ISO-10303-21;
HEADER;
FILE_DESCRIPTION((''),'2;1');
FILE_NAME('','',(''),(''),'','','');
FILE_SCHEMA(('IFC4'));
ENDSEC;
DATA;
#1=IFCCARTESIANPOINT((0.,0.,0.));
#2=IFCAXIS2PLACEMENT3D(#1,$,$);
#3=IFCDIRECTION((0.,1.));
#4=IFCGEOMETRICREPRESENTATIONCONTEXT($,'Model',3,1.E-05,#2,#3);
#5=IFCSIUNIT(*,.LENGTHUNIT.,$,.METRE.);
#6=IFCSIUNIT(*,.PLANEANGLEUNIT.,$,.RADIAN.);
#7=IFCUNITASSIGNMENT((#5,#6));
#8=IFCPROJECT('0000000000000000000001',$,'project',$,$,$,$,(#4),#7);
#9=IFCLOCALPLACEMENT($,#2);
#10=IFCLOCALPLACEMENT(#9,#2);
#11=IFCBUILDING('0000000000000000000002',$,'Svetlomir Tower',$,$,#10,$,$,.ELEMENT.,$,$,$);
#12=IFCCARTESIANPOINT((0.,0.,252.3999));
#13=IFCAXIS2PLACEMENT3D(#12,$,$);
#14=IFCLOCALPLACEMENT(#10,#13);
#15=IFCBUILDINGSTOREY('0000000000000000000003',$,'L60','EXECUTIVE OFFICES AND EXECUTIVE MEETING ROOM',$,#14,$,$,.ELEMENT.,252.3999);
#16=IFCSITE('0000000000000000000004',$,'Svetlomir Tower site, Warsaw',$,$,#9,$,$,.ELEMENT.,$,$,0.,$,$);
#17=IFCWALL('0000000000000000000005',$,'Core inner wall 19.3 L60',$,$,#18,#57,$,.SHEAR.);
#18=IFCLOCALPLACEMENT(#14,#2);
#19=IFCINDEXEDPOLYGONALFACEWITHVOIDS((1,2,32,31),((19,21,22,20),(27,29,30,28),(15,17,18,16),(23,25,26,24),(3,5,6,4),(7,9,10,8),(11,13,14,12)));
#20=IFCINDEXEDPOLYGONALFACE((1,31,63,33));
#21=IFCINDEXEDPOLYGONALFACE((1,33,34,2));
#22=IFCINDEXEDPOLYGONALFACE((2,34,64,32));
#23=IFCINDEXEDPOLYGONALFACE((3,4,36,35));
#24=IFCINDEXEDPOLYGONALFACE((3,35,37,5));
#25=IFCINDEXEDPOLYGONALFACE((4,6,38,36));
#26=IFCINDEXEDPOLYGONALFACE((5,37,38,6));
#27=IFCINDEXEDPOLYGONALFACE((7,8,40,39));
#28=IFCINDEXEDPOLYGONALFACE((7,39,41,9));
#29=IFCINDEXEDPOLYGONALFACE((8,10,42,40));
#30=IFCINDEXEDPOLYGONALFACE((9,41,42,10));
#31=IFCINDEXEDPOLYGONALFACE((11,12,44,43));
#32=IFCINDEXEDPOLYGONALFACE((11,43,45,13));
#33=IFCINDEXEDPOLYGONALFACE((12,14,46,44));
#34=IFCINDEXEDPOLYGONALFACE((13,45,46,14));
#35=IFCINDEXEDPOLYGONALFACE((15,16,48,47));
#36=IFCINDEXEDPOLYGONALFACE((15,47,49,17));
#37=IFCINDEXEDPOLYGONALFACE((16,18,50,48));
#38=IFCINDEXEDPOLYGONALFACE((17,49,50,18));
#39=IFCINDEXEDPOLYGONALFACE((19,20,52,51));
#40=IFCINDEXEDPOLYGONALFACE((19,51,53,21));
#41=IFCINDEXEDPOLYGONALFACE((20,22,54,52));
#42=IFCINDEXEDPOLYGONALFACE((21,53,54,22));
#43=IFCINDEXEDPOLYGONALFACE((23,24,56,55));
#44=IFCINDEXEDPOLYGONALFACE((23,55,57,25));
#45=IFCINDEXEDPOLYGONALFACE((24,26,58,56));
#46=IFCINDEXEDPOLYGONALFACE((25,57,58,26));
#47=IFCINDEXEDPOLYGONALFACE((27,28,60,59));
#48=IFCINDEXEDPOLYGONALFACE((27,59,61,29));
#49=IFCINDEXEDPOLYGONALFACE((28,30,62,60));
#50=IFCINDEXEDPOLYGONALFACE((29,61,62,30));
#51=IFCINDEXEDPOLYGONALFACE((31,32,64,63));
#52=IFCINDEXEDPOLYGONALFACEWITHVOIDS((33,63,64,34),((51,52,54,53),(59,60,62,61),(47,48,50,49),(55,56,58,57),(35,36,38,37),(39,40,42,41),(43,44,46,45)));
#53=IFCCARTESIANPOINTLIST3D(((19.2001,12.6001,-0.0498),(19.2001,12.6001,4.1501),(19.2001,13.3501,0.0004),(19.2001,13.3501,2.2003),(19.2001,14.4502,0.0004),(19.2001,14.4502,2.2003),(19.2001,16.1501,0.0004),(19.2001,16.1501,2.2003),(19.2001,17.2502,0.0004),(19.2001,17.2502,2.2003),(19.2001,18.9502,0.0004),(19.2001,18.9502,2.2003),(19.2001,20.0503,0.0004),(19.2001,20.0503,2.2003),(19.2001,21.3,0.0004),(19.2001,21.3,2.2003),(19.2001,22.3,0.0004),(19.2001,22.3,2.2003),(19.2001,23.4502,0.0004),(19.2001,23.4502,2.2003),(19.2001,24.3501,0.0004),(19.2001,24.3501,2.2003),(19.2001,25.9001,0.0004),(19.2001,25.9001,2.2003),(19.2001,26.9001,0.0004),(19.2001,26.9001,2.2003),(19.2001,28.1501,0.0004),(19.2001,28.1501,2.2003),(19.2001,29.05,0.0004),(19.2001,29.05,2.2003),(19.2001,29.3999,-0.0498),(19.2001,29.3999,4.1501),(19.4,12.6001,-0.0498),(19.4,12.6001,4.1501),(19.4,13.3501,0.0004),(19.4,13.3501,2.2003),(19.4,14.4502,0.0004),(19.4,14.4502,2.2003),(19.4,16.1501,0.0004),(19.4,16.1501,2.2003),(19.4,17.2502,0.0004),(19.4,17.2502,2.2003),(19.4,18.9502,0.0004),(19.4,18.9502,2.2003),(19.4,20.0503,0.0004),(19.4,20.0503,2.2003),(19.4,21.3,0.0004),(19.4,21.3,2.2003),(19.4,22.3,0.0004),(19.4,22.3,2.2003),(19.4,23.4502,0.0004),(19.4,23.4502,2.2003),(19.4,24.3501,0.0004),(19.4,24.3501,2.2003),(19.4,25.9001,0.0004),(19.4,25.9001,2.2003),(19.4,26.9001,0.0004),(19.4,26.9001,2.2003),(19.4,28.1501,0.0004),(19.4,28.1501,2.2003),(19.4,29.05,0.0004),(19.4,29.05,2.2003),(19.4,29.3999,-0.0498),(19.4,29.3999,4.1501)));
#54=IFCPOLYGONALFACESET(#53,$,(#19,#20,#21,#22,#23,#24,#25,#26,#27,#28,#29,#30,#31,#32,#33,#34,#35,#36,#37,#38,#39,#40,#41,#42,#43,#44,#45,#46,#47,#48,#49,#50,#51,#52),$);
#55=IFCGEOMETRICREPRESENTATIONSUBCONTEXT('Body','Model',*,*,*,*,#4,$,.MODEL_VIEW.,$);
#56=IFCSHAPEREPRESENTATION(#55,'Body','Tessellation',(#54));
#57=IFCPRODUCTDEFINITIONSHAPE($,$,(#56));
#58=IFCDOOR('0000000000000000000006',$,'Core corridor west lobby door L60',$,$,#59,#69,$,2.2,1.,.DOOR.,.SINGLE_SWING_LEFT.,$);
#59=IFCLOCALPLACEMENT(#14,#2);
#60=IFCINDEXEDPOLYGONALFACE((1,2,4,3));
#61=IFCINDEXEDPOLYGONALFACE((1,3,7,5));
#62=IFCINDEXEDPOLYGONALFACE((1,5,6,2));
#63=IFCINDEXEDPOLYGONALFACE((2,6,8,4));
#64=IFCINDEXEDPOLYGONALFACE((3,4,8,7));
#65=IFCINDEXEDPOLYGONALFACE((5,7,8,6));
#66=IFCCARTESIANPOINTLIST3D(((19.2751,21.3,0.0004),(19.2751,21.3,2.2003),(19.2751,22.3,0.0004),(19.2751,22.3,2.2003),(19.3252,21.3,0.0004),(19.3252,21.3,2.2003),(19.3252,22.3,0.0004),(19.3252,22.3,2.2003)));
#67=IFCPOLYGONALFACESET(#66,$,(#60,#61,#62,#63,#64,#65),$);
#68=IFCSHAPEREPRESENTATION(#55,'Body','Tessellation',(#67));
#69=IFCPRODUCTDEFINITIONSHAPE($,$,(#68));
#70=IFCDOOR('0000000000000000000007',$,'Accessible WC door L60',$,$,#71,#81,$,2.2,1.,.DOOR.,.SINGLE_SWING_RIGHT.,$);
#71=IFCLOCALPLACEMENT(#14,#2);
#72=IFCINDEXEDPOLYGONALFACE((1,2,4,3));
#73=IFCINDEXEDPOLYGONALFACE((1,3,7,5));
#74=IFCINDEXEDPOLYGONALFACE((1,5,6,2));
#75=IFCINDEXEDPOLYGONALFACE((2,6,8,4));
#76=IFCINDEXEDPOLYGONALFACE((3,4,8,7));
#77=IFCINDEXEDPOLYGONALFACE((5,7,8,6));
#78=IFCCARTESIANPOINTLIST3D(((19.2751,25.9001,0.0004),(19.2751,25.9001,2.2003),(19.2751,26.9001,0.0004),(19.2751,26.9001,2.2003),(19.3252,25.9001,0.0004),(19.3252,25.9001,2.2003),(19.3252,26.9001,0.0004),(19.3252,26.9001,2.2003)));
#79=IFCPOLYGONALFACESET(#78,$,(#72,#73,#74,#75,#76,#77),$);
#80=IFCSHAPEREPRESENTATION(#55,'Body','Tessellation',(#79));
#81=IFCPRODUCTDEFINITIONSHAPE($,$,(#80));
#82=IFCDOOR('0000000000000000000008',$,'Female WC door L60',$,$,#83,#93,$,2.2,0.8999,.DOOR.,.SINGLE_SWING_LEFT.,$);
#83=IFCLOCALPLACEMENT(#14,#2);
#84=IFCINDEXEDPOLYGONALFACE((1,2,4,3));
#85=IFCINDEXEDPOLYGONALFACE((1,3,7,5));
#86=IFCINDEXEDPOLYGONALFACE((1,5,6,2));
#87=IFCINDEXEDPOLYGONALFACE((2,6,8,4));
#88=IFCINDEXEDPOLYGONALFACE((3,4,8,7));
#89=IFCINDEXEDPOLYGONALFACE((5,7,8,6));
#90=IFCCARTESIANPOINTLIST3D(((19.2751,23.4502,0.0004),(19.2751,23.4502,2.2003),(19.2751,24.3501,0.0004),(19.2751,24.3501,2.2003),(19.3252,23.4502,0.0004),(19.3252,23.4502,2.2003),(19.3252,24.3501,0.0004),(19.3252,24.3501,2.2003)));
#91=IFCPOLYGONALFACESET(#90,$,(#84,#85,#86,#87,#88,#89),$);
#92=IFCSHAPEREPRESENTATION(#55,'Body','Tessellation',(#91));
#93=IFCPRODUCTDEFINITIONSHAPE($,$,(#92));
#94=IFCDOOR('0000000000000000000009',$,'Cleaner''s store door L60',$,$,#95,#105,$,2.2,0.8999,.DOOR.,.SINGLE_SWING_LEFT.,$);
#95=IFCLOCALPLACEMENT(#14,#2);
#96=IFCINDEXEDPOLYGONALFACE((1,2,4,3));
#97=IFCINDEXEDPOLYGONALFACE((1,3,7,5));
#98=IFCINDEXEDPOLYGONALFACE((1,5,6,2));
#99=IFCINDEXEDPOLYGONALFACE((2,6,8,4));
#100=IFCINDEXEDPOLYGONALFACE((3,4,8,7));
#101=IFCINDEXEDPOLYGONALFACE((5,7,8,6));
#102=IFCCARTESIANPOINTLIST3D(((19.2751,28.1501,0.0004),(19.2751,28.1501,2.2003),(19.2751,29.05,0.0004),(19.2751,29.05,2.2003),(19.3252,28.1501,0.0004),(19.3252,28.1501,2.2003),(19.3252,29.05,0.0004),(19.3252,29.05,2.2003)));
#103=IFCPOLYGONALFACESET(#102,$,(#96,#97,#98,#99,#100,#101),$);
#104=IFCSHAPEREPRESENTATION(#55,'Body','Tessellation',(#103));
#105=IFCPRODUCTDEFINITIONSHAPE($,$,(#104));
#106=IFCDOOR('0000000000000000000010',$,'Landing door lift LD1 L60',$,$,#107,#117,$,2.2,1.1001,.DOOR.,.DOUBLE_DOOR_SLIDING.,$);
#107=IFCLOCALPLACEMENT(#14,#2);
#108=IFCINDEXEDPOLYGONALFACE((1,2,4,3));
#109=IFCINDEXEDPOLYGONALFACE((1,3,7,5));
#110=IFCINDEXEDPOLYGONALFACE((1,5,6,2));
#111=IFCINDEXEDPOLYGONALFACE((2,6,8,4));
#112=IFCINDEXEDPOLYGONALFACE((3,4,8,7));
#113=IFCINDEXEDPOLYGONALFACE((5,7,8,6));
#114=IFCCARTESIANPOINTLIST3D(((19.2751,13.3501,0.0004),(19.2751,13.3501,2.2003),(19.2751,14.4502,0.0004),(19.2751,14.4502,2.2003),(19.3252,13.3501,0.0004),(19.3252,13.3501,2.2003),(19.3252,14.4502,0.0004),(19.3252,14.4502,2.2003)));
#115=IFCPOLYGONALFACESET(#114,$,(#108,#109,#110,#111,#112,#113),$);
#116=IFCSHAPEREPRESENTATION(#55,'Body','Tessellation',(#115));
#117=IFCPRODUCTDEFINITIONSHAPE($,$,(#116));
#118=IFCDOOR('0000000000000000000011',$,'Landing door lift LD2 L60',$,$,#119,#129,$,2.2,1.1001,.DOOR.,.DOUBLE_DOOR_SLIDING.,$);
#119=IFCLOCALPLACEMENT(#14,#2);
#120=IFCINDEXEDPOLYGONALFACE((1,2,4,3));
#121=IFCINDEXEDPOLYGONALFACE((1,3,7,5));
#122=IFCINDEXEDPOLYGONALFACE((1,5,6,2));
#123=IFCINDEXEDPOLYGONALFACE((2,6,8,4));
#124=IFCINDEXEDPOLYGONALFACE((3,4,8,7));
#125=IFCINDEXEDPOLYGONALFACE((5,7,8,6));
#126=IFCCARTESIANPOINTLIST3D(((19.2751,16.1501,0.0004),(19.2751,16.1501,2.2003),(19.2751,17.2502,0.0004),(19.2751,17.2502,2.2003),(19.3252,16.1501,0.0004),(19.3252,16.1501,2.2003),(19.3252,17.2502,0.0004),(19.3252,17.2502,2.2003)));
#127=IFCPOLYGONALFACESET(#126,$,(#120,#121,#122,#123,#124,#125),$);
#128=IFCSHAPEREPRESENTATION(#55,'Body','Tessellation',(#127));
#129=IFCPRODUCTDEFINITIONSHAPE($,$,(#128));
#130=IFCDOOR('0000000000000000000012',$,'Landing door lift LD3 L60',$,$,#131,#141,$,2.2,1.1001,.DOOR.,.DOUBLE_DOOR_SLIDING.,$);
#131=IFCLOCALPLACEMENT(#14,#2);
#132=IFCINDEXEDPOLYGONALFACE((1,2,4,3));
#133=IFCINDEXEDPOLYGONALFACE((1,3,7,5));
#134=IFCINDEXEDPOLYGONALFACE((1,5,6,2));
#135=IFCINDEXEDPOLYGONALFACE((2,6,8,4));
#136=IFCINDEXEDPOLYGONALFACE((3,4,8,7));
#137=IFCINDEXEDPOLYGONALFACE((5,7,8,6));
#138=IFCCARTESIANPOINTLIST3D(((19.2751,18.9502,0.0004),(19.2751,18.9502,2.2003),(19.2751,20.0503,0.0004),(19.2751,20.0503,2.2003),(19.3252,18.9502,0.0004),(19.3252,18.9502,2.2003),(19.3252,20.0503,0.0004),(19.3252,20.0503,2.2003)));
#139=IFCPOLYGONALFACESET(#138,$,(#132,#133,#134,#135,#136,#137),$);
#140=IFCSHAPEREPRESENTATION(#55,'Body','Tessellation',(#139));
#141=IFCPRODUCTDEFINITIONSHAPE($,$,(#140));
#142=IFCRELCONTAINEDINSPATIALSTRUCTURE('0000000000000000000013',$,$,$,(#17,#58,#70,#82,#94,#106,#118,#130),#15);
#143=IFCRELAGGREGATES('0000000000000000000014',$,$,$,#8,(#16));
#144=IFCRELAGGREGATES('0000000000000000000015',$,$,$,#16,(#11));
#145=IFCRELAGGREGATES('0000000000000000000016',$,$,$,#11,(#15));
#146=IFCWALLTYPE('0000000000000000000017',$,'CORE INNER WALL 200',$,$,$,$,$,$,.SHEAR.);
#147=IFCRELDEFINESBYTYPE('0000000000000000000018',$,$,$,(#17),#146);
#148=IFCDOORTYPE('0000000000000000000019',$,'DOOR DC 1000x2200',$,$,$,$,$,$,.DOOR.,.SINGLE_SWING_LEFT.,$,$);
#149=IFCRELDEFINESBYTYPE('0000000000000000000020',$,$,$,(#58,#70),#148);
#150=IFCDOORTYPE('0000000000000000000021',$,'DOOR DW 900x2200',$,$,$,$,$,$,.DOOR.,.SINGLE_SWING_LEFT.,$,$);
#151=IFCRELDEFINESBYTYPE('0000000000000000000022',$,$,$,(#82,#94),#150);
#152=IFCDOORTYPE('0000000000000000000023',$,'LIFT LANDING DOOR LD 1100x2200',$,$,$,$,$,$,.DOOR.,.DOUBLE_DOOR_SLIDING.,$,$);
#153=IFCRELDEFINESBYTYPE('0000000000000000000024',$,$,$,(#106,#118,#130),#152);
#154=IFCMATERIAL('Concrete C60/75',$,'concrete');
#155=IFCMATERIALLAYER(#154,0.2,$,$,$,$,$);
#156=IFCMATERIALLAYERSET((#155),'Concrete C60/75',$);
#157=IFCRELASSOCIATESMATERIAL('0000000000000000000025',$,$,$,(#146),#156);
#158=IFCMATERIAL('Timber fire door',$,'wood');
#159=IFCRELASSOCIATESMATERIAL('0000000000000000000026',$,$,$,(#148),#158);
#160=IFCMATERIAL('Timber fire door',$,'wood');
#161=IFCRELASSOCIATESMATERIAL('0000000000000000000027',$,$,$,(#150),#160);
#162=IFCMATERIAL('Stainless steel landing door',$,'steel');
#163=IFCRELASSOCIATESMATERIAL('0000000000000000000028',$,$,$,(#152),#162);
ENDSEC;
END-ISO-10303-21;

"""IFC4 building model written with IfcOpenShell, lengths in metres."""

from ifc_helpers import new_model, si_unit, direction, frame, frame_2d, origin, place, context, subcontext, project, spatial, rectangle, extrude, material, layer, layer_set, type_object, element, fill, save


model = new_model("IFC4")

# Units and contexts
model_context = context("Model", 3, precision=1e-05, world=origin(), true_north=direction((0.0, 1.0)))
body_context = subcontext(model_context, "Body", "Model", "MODEL_VIEW")
ifc_project = project(units=[si_unit("LENGTHUNIT", "METRE"), si_unit("PLANEANGLEUNIT", "RADIAN")], contexts=[model_context])

# Site, building, storey
site_placement = place(None, origin())
site = spatial("IfcSite", under=ifc_project, at=site_placement, Name="Svetlomir Tower site, Warsaw", CompositionType="ELEMENT", RefElevation=0.0)
building_placement = place(site_placement, origin())
building = spatial("IfcBuilding", under=site, at=building_placement, Name="Svetlomir Tower", CompositionType="ELEMENT")
storey_placement = place(building_placement, frame((0.0, 0.0, 252.3999)))
storey = spatial("IfcBuildingStorey", under=building, at=storey_placement, Name="L60", Description="EXECUTIVE OFFICES AND EXECUTIVE MEETING ROOM", CompositionType="ELEMENT", Elevation=252.3999)

# Wall, openings, doors
ifc_material_1 = material(Name="Concrete C60/75", Category="concrete")
ifc_layer = layer(ifc_material_1, 0.2)
ifc_layer_set = layer_set([ifc_layer], Name="Concrete C60/75")
wall_type = type_object("IfcWallType", Name="CORE INNER WALL 200", PredefinedType="SHEAR", material=ifc_layer_set)
wall_1_placement = place(storey_placement, frame((19.3, 12.6001, -0.0498), z_axis=(0.0, 0.0, 1.0), x_axis=(0.0, 1.0, 0.0)))
wall_1 = element("IfcWall", 1, at=wall_1_placement, inside=storey, type_object=wall_type, Name="Core inner wall 19.3 L60", PredefinedType="SHEAR", context=body_context, shape_type="SweptSolid", body=[
    extrude(rectangle(XDim=16.7998, YDim=0.2, at=frame_2d((8.3999, 0.0))), origin(), (0.0, 0.0, 1.0), 4.2),
])
opening_1_placement = place(wall_1_placement, frame((8.7, 0.0, 0.05)))
opening_1 = element("IfcOpeningElement", 2, at=opening_1_placement, cuts=wall_1, PredefinedType="OPENING", context=body_context, shape_type="SweptSolid", body=[
    extrude(rectangle(XDim=1.0, YDim=2.2, at=frame_2d((0.5, 1.1001))), frame((0.0, 0.1099, 0.0), z_axis=(0.0, -1.0, 0.0), x_axis=(1.0, 0.0, 0.0)), (0.0, 0.0, 1.0), 0.22),
])
opening_2_placement = place(wall_1_placement, frame((10.8501, 0.0, 0.05)))
opening_2 = element("IfcOpeningElement", 3, at=opening_2_placement, cuts=wall_1, PredefinedType="OPENING", context=body_context, shape_type="SweptSolid", body=[
    extrude(rectangle(XDim=0.8999, YDim=2.2, at=frame_2d((0.45, 1.1001))), frame((0.0, 0.1099, 0.0), z_axis=(0.0, -1.0, 0.0), x_axis=(1.0, 0.0, 0.0)), (0.0, 0.0, 1.0), 0.22),
])
opening_3_placement = place(wall_1_placement, frame((13.3, 0.0, 0.05)))
opening_3 = element("IfcOpeningElement", 4, at=opening_3_placement, cuts=wall_1, PredefinedType="OPENING", context=body_context, shape_type="SweptSolid", body=[
    extrude(rectangle(XDim=1.0, YDim=2.2, at=frame_2d((0.5, 1.1001))), frame((0.0, 0.1099, 0.0), z_axis=(0.0, -1.0, 0.0), x_axis=(1.0, 0.0, 0.0)), (0.0, 0.0, 1.0), 0.22),
])
opening_4_placement = place(wall_1_placement, frame((15.55, 0.0, 0.05)))
opening_4 = element("IfcOpeningElement", 5, at=opening_4_placement, cuts=wall_1, PredefinedType="OPENING", context=body_context, shape_type="SweptSolid", body=[
    extrude(rectangle(XDim=0.8999, YDim=2.2, at=frame_2d((0.45, 1.1001))), frame((0.0, 0.1099, 0.0), z_axis=(0.0, -1.0, 0.0), x_axis=(1.0, 0.0, 0.0)), (0.0, 0.0, 1.0), 0.22),
])
opening_5_placement = place(wall_1_placement, frame((0.75, 0.0, 0.05)))
opening_5 = element("IfcOpeningElement", 6, at=opening_5_placement, cuts=wall_1, PredefinedType="OPENING", context=body_context, shape_type="SweptSolid", body=[
    extrude(rectangle(XDim=1.1001, YDim=2.2, at=frame_2d((0.55, 1.1001))), frame((0.0, 0.1099, 0.0), z_axis=(0.0, -1.0, 0.0), x_axis=(1.0, 0.0, 0.0)), (0.0, 0.0, 1.0), 0.22),
])
opening_6_placement = place(wall_1_placement, frame((3.55, 0.0, 0.05)))
opening_6 = element("IfcOpeningElement", 7, at=opening_6_placement, cuts=wall_1, PredefinedType="OPENING", context=body_context, shape_type="SweptSolid", body=[
    extrude(rectangle(XDim=1.1001, YDim=2.2, at=frame_2d((0.55, 1.1001))), frame((0.0, 0.1099, 0.0), z_axis=(0.0, -1.0, 0.0), x_axis=(1.0, 0.0, 0.0)), (0.0, 0.0, 1.0), 0.22),
])
opening_7_placement = place(wall_1_placement, frame((6.3501, 0.0, 0.05)))
opening_7 = element("IfcOpeningElement", 8, at=opening_7_placement, cuts=wall_1, PredefinedType="OPENING", context=body_context, shape_type="SweptSolid", body=[
    extrude(rectangle(XDim=1.1001, YDim=2.2, at=frame_2d((0.55, 1.1001))), frame((0.0, 0.1099, 0.0), z_axis=(0.0, -1.0, 0.0), x_axis=(1.0, 0.0, 0.0)), (0.0, 0.0, 1.0), 0.22),
])
ifc_material_2 = material(Name="Timber fire door", Category="wood")
door_type_1 = type_object("IfcDoorType", Name="DOOR DC 1000x2200", OperationType="SINGLE_SWING_LEFT", PredefinedType="DOOR", material=ifc_material_2)
door_1_placement = place(opening_1_placement, origin())
door_1 = element("IfcDoor", 9, at=door_1_placement, inside=storey, type_object=door_type_1, Name="Core corridor west lobby door L60", OperationType="SINGLE_SWING_LEFT", OverallHeight=2.2, OverallWidth=1.0, PredefinedType="DOOR", context=body_context, shape_type="SweptSolid", body=[
    extrude(rectangle(XDim=1.0, YDim=2.2, at=frame_2d((0.5, 1.1001))), frame((0.0, 0.0249, 0.0), z_axis=(0.0, -1.0, 0.0), x_axis=(1.0, 0.0, 0.0)), (0.0, 0.0, 1.0), 0.05),
])
fill(opening_1, door_1)
door_2_placement = place(opening_3_placement, origin())
door_2 = element("IfcDoor", 10, at=door_2_placement, inside=storey, type_object=door_type_1, Name="Accessible WC door L60", OperationType="SINGLE_SWING_RIGHT", OverallHeight=2.2, OverallWidth=1.0, PredefinedType="DOOR", context=body_context, shape_type="SweptSolid", body=[
    extrude(rectangle(XDim=1.0, YDim=2.2, at=frame_2d((0.5, 1.1001))), frame((0.0, 0.0249, 0.0), z_axis=(0.0, -1.0, 0.0), x_axis=(1.0, 0.0, 0.0)), (0.0, 0.0, 1.0), 0.05),
])
fill(opening_3, door_2)
ifc_material_3 = material(Name="Timber fire door", Category="wood")
door_type_2 = type_object("IfcDoorType", Name="DOOR DW 900x2200", OperationType="SINGLE_SWING_LEFT", PredefinedType="DOOR", material=ifc_material_3)
door_3_placement = place(opening_2_placement, origin())
door_3 = element("IfcDoor", 11, at=door_3_placement, inside=storey, type_object=door_type_2, Name="Female WC door L60", OperationType="SINGLE_SWING_LEFT", OverallHeight=2.2, OverallWidth=0.8999, PredefinedType="DOOR", context=body_context, shape_type="SweptSolid", body=[
    extrude(rectangle(XDim=0.8999, YDim=2.2, at=frame_2d((0.45, 1.1001))), frame((0.0, 0.0249, 0.0), z_axis=(0.0, -1.0, 0.0), x_axis=(1.0, 0.0, 0.0)), (0.0, 0.0, 1.0), 0.05),
])
fill(opening_2, door_3)
door_4_placement = place(opening_4_placement, origin())
door_4 = element("IfcDoor", 12, at=door_4_placement, inside=storey, type_object=door_type_2, Name="Cleaner's store door L60", OperationType="SINGLE_SWING_LEFT", OverallHeight=2.2, OverallWidth=0.8999, PredefinedType="DOOR", context=body_context, shape_type="SweptSolid", body=[
    extrude(rectangle(XDim=0.8999, YDim=2.2, at=frame_2d((0.45, 1.1001))), frame((0.0, 0.0249, 0.0), z_axis=(0.0, -1.0, 0.0), x_axis=(1.0, 0.0, 0.0)), (0.0, 0.0, 1.0), 0.05),
])
fill(opening_4, door_4)
ifc_material_4 = material(Name="Stainless steel landing door", Category="steel")
door_type_3 = type_object("IfcDoorType", Name="LIFT LANDING DOOR LD 1100x2200", OperationType="DOUBLE_DOOR_SLIDING", PredefinedType="DOOR", material=ifc_material_4)
door_5_placement = place(opening_5_placement, origin())
door_5 = element("IfcDoor", 13, at=door_5_placement, inside=storey, type_object=door_type_3, Name="Landing door lift LD1 L60", OperationType="DOUBLE_DOOR_SLIDING", OverallHeight=2.2, OverallWidth=1.1001, PredefinedType="DOOR", context=body_context, shape_type="SweptSolid", body=[
    extrude(rectangle(XDim=1.1001, YDim=2.2, at=frame_2d((0.55, 1.1001))), frame((0.0, 0.0249, 0.0), z_axis=(0.0, -1.0, 0.0), x_axis=(1.0, 0.0, 0.0)), (0.0, 0.0, 1.0), 0.05),
])
fill(opening_5, door_5)
door_6_placement = place(opening_6_placement, origin())
door_6 = element("IfcDoor", 14, at=door_6_placement, inside=storey, type_object=door_type_3, Name="Landing door lift LD2 L60", OperationType="DOUBLE_DOOR_SLIDING", OverallHeight=2.2, OverallWidth=1.1001, PredefinedType="DOOR", context=body_context, shape_type="SweptSolid", body=[
    extrude(rectangle(XDim=1.1001, YDim=2.2, at=frame_2d((0.55, 1.1001))), frame((0.0, 0.0249, 0.0), z_axis=(0.0, -1.0, 0.0), x_axis=(1.0, 0.0, 0.0)), (0.0, 0.0, 1.0), 0.05),
])
fill(opening_6, door_6)
door_7_placement = place(opening_7_placement, origin())
door_7 = element("IfcDoor", 15, at=door_7_placement, inside=storey, type_object=door_type_3, Name="Landing door lift LD3 L60", OperationType="DOUBLE_DOOR_SLIDING", OverallHeight=2.2, OverallWidth=1.1001, PredefinedType="DOOR", context=body_context, shape_type="SweptSolid", body=[
    extrude(rectangle(XDim=1.1001, YDim=2.2, at=frame_2d((0.55, 1.1001))), frame((0.0, 0.0249, 0.0), z_axis=(0.0, -1.0, 0.0), x_axis=(1.0, 0.0, 0.0)), (0.0, 0.0, 1.0), 0.05),
])
fill(opening_7, door_7)

save(model, "model.ifc")
